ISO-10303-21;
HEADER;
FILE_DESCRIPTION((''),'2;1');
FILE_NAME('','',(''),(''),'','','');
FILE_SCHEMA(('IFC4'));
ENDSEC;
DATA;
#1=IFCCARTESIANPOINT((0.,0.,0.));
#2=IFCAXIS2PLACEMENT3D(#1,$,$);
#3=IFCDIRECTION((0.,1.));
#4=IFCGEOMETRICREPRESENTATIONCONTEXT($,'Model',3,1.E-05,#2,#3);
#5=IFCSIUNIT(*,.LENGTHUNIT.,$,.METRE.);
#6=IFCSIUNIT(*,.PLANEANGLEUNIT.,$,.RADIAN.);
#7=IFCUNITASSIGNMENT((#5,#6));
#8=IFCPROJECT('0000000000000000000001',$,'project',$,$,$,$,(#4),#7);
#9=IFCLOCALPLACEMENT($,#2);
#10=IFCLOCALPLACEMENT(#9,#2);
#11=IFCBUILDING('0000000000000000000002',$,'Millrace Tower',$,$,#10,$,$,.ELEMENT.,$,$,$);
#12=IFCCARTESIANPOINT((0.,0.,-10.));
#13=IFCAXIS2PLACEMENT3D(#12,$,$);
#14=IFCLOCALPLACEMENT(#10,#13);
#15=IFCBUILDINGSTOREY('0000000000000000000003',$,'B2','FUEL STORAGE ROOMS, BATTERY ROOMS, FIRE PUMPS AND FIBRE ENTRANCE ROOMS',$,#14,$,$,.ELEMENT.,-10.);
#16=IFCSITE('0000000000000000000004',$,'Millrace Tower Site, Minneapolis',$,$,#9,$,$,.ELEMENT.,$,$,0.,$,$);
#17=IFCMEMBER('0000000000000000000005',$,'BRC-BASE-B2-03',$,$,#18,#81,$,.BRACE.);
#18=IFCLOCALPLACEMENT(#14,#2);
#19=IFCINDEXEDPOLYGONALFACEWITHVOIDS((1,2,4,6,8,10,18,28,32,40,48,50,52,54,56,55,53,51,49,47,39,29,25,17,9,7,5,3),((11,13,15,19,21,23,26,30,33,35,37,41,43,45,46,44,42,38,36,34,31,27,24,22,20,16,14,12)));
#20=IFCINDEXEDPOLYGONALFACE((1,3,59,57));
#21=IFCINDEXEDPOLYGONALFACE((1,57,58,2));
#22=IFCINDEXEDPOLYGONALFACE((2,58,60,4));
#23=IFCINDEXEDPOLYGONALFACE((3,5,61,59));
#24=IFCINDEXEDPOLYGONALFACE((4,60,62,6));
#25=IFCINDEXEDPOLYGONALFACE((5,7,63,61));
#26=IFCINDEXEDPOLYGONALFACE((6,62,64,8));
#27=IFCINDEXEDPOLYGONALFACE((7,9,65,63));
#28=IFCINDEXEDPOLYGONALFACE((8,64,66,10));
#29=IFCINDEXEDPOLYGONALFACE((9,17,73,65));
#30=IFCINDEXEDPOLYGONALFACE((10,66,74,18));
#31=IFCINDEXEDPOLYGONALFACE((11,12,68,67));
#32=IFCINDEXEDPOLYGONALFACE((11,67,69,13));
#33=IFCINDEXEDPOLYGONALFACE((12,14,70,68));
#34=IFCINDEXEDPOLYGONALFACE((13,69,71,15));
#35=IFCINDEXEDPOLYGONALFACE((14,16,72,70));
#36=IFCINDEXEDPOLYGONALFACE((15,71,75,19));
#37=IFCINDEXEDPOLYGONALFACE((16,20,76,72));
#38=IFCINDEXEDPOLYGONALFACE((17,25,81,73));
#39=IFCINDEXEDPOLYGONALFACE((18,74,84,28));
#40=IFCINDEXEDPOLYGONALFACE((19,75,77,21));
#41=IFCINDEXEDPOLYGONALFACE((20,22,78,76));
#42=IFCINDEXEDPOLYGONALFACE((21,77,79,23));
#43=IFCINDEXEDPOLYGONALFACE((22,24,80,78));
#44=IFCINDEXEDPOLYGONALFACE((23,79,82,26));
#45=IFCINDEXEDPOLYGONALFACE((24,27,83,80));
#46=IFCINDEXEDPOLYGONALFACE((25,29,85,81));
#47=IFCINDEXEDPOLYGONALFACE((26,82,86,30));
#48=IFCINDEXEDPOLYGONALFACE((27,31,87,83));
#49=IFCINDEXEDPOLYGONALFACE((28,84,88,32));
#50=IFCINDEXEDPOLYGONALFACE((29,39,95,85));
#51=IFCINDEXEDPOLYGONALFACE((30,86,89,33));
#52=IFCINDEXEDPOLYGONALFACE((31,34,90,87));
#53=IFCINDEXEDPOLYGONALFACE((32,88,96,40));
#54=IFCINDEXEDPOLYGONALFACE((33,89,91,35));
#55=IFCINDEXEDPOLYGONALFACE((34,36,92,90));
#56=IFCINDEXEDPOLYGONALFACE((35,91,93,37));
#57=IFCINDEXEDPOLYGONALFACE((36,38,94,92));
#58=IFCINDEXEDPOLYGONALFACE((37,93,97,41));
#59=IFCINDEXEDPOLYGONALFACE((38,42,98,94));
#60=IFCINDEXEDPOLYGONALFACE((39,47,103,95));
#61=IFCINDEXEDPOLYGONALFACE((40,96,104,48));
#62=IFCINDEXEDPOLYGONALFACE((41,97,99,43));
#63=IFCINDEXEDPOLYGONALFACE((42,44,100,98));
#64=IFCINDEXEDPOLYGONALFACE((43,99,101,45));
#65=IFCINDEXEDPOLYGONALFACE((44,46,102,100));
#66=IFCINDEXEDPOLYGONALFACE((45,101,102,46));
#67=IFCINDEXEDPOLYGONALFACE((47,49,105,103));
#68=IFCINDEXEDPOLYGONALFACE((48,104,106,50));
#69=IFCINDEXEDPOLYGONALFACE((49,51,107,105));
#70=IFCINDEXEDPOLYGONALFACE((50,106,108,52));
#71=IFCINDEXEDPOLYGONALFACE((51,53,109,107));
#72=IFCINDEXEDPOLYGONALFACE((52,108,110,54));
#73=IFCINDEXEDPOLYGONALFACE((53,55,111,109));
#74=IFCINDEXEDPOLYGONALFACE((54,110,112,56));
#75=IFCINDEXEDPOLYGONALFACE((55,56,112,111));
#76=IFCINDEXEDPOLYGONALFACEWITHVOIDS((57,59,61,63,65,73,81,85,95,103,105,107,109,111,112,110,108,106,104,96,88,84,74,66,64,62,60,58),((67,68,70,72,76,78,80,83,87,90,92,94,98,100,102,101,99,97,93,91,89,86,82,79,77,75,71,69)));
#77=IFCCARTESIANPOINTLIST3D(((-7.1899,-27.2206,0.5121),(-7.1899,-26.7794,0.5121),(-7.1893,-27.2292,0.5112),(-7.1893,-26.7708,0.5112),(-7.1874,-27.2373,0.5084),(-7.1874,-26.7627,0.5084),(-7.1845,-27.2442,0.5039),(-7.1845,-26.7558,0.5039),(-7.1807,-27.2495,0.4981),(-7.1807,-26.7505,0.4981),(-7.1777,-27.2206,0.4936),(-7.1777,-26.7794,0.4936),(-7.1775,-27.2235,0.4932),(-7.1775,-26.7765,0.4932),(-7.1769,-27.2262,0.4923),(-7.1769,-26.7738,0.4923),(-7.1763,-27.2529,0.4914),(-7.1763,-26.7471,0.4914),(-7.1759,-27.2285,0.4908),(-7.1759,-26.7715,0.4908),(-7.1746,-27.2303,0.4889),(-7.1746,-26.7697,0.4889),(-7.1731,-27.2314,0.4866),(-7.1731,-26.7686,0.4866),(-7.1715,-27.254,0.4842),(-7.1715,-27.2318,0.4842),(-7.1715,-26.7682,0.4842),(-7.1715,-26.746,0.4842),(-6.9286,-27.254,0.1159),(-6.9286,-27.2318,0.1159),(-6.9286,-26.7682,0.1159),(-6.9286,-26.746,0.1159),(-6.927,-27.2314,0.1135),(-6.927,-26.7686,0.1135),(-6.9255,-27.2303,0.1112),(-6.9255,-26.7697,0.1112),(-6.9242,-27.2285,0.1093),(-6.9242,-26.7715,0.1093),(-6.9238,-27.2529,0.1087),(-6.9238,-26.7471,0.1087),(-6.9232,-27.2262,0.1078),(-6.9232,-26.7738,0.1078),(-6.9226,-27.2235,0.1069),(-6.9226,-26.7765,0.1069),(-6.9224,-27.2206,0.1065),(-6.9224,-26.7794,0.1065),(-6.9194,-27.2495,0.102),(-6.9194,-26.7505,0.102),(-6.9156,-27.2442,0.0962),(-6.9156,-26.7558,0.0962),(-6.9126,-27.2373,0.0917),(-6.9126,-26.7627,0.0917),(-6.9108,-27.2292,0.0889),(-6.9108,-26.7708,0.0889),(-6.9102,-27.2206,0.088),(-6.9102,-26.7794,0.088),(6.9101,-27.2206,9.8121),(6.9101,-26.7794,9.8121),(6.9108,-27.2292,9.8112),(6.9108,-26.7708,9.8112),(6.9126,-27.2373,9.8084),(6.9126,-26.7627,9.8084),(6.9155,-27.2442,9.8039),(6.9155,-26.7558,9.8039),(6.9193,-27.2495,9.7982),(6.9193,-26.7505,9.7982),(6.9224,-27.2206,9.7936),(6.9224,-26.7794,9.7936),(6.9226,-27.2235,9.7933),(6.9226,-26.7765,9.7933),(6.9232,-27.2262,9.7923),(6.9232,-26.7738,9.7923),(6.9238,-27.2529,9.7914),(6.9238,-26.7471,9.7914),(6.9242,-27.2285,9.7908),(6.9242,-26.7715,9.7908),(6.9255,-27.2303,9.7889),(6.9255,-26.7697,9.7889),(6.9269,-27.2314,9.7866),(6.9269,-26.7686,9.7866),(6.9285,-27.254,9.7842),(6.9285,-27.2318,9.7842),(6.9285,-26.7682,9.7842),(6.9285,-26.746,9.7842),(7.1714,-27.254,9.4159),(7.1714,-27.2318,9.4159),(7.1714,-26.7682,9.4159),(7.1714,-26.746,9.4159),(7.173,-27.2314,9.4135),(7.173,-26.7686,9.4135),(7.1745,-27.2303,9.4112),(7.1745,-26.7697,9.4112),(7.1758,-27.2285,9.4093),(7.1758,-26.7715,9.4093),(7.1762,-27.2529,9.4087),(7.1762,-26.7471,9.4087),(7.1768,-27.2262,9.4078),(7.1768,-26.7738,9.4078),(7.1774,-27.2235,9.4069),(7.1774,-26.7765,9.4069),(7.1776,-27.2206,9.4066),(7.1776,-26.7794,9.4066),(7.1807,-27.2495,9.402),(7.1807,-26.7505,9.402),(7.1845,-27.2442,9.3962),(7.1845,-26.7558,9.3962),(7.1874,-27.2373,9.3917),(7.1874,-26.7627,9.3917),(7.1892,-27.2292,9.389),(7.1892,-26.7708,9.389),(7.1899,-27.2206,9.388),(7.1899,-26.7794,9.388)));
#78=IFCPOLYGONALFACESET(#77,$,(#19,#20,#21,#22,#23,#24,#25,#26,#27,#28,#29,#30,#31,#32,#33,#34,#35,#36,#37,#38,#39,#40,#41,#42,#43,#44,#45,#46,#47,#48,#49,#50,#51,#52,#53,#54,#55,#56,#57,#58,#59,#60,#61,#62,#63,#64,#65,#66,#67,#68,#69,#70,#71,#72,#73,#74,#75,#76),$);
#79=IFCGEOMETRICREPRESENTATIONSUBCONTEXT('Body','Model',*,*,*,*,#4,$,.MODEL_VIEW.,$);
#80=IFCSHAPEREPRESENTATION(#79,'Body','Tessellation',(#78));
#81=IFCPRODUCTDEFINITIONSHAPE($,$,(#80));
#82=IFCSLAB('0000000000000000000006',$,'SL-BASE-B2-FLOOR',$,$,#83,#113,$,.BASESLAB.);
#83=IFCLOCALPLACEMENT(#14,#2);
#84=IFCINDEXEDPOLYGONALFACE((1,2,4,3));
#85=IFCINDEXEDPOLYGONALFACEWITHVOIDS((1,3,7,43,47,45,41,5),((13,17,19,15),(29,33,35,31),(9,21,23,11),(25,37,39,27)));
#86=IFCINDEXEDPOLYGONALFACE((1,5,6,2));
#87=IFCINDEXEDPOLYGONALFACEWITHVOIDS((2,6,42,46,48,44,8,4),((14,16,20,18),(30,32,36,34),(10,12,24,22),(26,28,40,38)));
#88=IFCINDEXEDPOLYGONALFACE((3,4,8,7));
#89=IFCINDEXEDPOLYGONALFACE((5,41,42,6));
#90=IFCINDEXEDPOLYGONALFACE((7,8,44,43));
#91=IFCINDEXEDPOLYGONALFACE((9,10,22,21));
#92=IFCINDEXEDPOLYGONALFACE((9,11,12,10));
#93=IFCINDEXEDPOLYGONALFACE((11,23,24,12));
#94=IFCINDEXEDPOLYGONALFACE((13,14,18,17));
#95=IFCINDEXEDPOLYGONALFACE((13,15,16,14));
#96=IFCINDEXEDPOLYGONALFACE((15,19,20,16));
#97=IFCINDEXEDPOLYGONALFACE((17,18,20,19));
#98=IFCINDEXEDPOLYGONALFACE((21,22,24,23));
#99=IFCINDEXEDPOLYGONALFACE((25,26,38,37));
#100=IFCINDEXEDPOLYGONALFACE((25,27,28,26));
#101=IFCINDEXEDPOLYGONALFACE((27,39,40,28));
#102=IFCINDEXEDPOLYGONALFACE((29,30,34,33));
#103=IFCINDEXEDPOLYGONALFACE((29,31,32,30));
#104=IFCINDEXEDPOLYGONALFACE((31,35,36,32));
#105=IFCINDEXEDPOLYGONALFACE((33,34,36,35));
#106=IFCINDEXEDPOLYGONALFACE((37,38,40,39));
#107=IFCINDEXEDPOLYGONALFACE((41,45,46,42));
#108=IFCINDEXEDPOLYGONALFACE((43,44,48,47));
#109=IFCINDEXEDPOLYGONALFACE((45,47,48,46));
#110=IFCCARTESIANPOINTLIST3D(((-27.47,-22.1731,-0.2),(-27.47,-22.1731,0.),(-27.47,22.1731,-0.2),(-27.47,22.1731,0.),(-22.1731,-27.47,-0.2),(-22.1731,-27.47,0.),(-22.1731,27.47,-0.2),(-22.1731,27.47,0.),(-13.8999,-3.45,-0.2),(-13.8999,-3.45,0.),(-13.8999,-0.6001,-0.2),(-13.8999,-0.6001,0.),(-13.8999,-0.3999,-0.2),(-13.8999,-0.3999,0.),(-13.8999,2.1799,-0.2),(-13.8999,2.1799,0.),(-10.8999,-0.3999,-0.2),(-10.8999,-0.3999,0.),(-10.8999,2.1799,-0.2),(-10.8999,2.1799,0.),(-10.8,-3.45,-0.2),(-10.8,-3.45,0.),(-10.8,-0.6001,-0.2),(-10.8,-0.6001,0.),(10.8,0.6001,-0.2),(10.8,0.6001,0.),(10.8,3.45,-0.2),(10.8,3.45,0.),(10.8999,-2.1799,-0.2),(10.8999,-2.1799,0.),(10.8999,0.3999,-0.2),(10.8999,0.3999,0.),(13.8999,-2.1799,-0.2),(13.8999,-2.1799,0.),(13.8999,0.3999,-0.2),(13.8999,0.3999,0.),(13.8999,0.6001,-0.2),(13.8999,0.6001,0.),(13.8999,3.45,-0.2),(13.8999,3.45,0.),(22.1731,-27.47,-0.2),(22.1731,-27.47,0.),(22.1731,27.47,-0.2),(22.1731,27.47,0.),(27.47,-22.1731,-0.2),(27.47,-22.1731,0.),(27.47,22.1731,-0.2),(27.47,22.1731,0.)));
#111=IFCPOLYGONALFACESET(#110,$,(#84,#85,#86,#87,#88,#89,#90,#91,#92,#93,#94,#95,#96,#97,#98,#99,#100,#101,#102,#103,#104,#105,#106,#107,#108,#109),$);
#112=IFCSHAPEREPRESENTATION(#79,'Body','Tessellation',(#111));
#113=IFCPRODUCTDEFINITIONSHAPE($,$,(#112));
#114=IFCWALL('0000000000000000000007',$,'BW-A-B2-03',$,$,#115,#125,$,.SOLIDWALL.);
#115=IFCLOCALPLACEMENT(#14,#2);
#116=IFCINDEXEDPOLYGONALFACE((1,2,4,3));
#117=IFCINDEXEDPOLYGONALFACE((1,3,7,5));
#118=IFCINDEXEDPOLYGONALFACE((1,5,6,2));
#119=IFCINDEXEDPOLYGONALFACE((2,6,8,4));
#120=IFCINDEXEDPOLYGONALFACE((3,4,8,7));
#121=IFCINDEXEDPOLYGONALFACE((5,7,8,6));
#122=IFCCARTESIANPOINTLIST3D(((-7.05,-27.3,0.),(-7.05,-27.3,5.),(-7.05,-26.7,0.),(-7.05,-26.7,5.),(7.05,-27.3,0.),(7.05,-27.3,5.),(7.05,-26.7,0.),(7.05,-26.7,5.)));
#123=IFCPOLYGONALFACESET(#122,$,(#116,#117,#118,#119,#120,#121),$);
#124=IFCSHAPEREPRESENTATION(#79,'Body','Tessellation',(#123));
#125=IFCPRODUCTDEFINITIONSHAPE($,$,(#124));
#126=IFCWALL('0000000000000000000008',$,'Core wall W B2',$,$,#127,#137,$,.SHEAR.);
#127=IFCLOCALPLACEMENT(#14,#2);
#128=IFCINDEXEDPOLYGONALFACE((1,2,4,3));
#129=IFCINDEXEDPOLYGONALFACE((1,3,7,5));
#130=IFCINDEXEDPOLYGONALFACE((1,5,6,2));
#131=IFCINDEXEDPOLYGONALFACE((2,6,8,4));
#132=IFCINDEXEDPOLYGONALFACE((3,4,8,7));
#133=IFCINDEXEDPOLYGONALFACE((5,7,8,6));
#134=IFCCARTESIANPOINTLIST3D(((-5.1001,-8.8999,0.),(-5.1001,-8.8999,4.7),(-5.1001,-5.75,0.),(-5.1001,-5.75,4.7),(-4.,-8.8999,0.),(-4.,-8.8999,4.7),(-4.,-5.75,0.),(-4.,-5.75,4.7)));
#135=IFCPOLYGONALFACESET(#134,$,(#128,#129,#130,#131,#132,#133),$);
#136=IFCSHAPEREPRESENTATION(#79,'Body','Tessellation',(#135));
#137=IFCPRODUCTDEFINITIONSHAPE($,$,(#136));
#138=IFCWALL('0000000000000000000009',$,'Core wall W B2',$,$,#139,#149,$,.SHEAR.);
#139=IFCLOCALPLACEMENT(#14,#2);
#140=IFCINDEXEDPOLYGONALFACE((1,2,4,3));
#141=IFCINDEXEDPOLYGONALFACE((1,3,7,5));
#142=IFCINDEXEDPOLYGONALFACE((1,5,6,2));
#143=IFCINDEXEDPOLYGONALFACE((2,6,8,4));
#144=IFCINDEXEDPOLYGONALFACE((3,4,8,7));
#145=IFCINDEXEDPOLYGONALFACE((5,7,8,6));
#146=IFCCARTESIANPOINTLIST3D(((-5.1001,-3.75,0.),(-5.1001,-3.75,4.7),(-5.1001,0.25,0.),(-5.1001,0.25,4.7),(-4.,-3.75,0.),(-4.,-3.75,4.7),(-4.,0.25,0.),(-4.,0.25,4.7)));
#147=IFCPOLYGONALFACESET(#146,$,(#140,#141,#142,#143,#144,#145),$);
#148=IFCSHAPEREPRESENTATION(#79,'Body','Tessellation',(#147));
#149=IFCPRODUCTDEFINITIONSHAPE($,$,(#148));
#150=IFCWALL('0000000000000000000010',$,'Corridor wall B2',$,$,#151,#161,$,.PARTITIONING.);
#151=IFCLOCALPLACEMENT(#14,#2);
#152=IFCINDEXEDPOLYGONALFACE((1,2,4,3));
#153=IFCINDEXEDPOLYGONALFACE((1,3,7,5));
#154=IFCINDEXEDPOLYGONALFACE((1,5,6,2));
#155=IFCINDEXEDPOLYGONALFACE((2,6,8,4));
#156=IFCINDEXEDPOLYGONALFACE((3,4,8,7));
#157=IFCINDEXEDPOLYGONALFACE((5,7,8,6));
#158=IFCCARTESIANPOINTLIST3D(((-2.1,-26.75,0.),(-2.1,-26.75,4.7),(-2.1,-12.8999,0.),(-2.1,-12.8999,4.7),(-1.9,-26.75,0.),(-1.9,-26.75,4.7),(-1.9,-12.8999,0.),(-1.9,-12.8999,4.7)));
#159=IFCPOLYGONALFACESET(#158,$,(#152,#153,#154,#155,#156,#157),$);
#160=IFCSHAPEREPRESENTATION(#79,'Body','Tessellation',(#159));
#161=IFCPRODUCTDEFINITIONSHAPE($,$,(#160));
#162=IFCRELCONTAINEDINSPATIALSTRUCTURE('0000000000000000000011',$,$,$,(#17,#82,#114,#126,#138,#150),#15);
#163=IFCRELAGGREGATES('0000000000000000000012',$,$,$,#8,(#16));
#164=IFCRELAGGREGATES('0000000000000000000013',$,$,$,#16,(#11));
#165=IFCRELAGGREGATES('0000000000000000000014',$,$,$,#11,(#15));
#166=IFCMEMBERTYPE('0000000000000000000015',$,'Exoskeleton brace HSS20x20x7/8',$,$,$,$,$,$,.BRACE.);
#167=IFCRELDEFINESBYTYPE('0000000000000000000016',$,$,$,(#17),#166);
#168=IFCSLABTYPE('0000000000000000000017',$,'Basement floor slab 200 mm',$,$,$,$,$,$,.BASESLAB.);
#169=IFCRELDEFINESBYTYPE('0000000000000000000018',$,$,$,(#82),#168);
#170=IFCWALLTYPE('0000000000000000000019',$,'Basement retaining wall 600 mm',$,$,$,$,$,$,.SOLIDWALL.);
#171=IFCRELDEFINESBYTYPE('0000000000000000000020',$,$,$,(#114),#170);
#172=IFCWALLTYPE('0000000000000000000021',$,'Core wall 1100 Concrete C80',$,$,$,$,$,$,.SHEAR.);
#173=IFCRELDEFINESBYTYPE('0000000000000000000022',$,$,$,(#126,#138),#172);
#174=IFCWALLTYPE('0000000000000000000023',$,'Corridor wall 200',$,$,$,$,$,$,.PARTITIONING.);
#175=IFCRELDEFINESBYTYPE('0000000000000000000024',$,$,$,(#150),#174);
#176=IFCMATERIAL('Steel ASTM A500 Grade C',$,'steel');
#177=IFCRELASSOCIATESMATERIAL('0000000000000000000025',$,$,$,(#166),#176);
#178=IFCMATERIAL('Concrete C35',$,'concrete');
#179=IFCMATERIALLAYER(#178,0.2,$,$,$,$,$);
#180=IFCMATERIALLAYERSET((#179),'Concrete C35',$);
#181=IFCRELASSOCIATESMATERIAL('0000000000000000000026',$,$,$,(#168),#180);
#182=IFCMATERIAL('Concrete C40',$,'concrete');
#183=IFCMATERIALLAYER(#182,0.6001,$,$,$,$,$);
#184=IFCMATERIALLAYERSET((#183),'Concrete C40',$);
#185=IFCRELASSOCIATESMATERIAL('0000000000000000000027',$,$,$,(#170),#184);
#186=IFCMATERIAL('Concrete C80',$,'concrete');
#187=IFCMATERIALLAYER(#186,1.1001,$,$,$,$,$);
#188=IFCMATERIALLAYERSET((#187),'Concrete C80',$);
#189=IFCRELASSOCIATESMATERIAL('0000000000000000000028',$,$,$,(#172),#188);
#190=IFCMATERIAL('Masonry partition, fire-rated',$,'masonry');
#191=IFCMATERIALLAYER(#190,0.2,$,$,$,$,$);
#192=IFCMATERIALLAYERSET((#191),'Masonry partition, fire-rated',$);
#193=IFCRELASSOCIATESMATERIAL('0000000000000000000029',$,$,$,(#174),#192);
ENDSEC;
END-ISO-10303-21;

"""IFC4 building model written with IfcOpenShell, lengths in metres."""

from ifc_helpers import new_model, si_unit, direction, frame, frame_2d, origin, origin_2d, place, context, subcontext, project, spatial, polyline, rectangle, hollow_rectangle, outline, extrude, material, layer, layer_set, material_profile, profile_set, type_object, element, save


model = new_model("IFC4")

# Units and contexts
model_context = context("Model", 3, precision=1e-05, world=origin(), true_north=direction((0.0, 1.0)))
body_context = subcontext(model_context, "Body", "Model", "MODEL_VIEW")
ifc_project = project(units=[si_unit("LENGTHUNIT", "METRE"), si_unit("PLANEANGLEUNIT", "RADIAN")], contexts=[model_context])

# Site, building, storey
site_placement = place(None, origin())
site = spatial("IfcSite", under=ifc_project, at=site_placement, Name="Millrace Tower Site, Minneapolis", CompositionType="ELEMENT", RefElevation=0.0)
building_placement = place(site_placement, origin())
building = spatial("IfcBuilding", under=site, at=building_placement, Name="Millrace Tower", CompositionType="ELEMENT")
storey_placement = place(building_placement, frame((0.0, 0.0, -10.0)))
storey = spatial("IfcBuildingStorey", under=building, at=storey_placement, Name="B2", Description="FUEL STORAGE ROOMS, BATTERY ROOMS, FIRE PUMPS AND FIBRE ENTRANCE ROOMS", CompositionType="ELEMENT", Elevation=-10.0)

# Shared definitions
placement_1 = place(storey_placement, frame((-7.05, -27.0, 0.0), z_axis=(0.0, 0.0, 1.0), x_axis=(1.0, 0.0, 0.0)))

# Member
ifc_material_1 = material(Name="Steel ASTM A500 Grade C", Category="steel")
ifc_material_profile_1 = material_profile(ifc_material_1, hollow_rectangle(XDim=0.5081, YDim=0.5081, WallThickness=0.0222, InnerFilletRadius=0.0112, OuterFilletRadius=0.0334, at=origin_2d()))
ifc_profile_set_1 = profile_set([ifc_material_profile_1], Name="Steel ASTM A500 Grade C")
member_type = type_object("IfcMemberType", Name="Exoskeleton brace HSS20x20x7/8", PredefinedType="BRACE", material=ifc_profile_set_1)
member_1_placement = place(storey_placement, frame((-7.05, -27.0, 0.3), z_axis=(0.834773, 0.0, 0.550594), x_axis=(0.0, 1.0, 0.0)))
element("IfcMember", 1, at=member_1_placement, inside=storey, type_object=member_type, Name="BRC-BASE-B2-03", PredefinedType="BRACE", context=body_context, shape_type="SweptSolid", body=[
    extrude(hollow_rectangle(XDim=0.5081, YDim=0.5081, WallThickness=0.0222, InnerFilletRadius=0.0112, OuterFilletRadius=0.0334, at=origin_2d()), origin(), (0.0, 0.0, 1.0), 16.8909),
])

# Slab
ifc_material_2 = material(Name="Concrete C35", Category="concrete")
ifc_layer_1 = layer(ifc_material_2, 0.2)
ifc_layer_set_1 = layer_set([ifc_layer_1], Name="Concrete C35")
slab_type = type_object("IfcSlabType", Name="Basement floor slab 200 mm", PredefinedType="BASESLAB", material=ifc_layer_set_1)
slab_placement = place(storey_placement, frame((0.0, 0.0, -0.2)))
element("IfcSlab", 2, at=slab_placement, inside=storey, type_object=slab_type, Name="SL-BASE-B2-FLOOR", PredefinedType="BASESLAB", context=body_context, shape_type="SweptSolid", body=[
    extrude(outline(polyline([(-27.47, -22.1731), (-22.1731, -27.47), (22.1731, -27.47), (27.47, -22.1731), (27.47, 22.1731), (22.1731, 27.47), (-22.1731, 27.47), (-27.47, 22.1731), (-27.47, -22.1731)]), holes=[polyline([(-13.8999, -3.45), (-10.8, -3.45), (-10.8, -0.6001), (-13.8999, -0.6001), (-13.8999, -3.45)]), polyline([(-13.8999, -0.3999), (-10.8999, -0.3999), (-10.8999, 2.1799), (-13.8999, 2.1799), (-13.8999, -0.3999)]), polyline([(10.8, 0.6001), (13.8999, 0.6001), (13.8999, 3.45), (10.8, 3.45), (10.8, 0.6001)]), polyline([(10.8999, -2.1799), (13.8999, -2.1799), (13.8999, 0.3999), (10.8999, 0.3999), (10.8999, -2.1799)])]), origin(), (0.0, 0.0, 1.0), 0.2),
])

# Walls
ifc_material_3 = material(Name="Concrete C40", Category="concrete")
ifc_layer_2 = layer(ifc_material_3, 0.6001)
ifc_layer_set_2 = layer_set([ifc_layer_2], Name="Concrete C40")
wall_type_1 = type_object("IfcWallType", Name="Basement retaining wall 600 mm", PredefinedType="SOLIDWALL", material=ifc_layer_set_2)
element("IfcWall", 3, at=placement_1, inside=storey, type_object=wall_type_1, Name="BW-A-B2-03", PredefinedType="SOLIDWALL", context=body_context, shape_type="SweptSolid", body=[
    extrude(rectangle(XDim=14.1001, YDim=0.6001, at=frame_2d((7.05, 0.0))), origin(), (0.0, 0.0, 1.0), 5.0),
])
ifc_material_4 = material(Name="Concrete C80", Category="concrete")
ifc_layer_3 = layer(ifc_material_4, 1.1001)
ifc_layer_set_3 = layer_set([ifc_layer_3], Name="Concrete C80")
wall_type_2 = type_object("IfcWallType", Name="Core wall 1100 Concrete C80", PredefinedType="SHEAR", material=ifc_layer_set_3)
wall_1_placement = place(storey_placement, frame((-4.55, -8.8999, 0.0), z_axis=(0.0, 0.0, 1.0), x_axis=(0.0, 1.0, 0.0)))
element("IfcWall", 4, at=wall_1_placement, inside=storey, type_object=wall_type_2, Name="Core wall W B2", PredefinedType="SHEAR", context=body_context, shape_type="SweptSolid", body=[
    extrude(rectangle(XDim=3.1499, YDim=1.1001, at=frame_2d((1.575, 0.0))), origin(), (0.0, 0.0, 1.0), 4.7),
])
wall_2_placement = place(storey_placement, frame((-4.55, -3.75, 0.0), z_axis=(0.0, 0.0, 1.0), x_axis=(0.0, 1.0, 0.0)))
element("IfcWall", 5, at=wall_2_placement, inside=storey, type_object=wall_type_2, Name="Core wall W B2", PredefinedType="SHEAR", context=body_context, shape_type="SweptSolid", body=[
    extrude(rectangle(XDim=4.0, YDim=1.1001, at=frame_2d((2.0, 0.0))), origin(), (0.0, 0.0, 1.0), 4.7),
])
ifc_material_5 = material(Name="Masonry partition, fire-rated", Category="masonry")
ifc_layer_4 = layer(ifc_material_5, 0.2)
ifc_layer_set_4 = layer_set([ifc_layer_4], Name="Masonry partition, fire-rated")
wall_type_3 = type_object("IfcWallType", Name="Corridor wall 200", PredefinedType="PARTITIONING", material=ifc_layer_set_4)
wall_3_placement = place(storey_placement, frame((-2.0, -26.75, 0.0), z_axis=(0.0, 0.0, 1.0), x_axis=(0.0, 1.0, 0.0)))
element("IfcWall", 6, at=wall_3_placement, inside=storey, type_object=wall_type_3, Name="Corridor wall B2", PredefinedType="PARTITIONING", context=body_context, shape_type="SweptSolid", body=[
    extrude(rectangle(XDim=13.8501, YDim=0.2, at=frame_2d((6.925, 0.0))), origin(), (0.0, 0.0, 1.0), 4.7),
])

save(model, "model.ifc")
